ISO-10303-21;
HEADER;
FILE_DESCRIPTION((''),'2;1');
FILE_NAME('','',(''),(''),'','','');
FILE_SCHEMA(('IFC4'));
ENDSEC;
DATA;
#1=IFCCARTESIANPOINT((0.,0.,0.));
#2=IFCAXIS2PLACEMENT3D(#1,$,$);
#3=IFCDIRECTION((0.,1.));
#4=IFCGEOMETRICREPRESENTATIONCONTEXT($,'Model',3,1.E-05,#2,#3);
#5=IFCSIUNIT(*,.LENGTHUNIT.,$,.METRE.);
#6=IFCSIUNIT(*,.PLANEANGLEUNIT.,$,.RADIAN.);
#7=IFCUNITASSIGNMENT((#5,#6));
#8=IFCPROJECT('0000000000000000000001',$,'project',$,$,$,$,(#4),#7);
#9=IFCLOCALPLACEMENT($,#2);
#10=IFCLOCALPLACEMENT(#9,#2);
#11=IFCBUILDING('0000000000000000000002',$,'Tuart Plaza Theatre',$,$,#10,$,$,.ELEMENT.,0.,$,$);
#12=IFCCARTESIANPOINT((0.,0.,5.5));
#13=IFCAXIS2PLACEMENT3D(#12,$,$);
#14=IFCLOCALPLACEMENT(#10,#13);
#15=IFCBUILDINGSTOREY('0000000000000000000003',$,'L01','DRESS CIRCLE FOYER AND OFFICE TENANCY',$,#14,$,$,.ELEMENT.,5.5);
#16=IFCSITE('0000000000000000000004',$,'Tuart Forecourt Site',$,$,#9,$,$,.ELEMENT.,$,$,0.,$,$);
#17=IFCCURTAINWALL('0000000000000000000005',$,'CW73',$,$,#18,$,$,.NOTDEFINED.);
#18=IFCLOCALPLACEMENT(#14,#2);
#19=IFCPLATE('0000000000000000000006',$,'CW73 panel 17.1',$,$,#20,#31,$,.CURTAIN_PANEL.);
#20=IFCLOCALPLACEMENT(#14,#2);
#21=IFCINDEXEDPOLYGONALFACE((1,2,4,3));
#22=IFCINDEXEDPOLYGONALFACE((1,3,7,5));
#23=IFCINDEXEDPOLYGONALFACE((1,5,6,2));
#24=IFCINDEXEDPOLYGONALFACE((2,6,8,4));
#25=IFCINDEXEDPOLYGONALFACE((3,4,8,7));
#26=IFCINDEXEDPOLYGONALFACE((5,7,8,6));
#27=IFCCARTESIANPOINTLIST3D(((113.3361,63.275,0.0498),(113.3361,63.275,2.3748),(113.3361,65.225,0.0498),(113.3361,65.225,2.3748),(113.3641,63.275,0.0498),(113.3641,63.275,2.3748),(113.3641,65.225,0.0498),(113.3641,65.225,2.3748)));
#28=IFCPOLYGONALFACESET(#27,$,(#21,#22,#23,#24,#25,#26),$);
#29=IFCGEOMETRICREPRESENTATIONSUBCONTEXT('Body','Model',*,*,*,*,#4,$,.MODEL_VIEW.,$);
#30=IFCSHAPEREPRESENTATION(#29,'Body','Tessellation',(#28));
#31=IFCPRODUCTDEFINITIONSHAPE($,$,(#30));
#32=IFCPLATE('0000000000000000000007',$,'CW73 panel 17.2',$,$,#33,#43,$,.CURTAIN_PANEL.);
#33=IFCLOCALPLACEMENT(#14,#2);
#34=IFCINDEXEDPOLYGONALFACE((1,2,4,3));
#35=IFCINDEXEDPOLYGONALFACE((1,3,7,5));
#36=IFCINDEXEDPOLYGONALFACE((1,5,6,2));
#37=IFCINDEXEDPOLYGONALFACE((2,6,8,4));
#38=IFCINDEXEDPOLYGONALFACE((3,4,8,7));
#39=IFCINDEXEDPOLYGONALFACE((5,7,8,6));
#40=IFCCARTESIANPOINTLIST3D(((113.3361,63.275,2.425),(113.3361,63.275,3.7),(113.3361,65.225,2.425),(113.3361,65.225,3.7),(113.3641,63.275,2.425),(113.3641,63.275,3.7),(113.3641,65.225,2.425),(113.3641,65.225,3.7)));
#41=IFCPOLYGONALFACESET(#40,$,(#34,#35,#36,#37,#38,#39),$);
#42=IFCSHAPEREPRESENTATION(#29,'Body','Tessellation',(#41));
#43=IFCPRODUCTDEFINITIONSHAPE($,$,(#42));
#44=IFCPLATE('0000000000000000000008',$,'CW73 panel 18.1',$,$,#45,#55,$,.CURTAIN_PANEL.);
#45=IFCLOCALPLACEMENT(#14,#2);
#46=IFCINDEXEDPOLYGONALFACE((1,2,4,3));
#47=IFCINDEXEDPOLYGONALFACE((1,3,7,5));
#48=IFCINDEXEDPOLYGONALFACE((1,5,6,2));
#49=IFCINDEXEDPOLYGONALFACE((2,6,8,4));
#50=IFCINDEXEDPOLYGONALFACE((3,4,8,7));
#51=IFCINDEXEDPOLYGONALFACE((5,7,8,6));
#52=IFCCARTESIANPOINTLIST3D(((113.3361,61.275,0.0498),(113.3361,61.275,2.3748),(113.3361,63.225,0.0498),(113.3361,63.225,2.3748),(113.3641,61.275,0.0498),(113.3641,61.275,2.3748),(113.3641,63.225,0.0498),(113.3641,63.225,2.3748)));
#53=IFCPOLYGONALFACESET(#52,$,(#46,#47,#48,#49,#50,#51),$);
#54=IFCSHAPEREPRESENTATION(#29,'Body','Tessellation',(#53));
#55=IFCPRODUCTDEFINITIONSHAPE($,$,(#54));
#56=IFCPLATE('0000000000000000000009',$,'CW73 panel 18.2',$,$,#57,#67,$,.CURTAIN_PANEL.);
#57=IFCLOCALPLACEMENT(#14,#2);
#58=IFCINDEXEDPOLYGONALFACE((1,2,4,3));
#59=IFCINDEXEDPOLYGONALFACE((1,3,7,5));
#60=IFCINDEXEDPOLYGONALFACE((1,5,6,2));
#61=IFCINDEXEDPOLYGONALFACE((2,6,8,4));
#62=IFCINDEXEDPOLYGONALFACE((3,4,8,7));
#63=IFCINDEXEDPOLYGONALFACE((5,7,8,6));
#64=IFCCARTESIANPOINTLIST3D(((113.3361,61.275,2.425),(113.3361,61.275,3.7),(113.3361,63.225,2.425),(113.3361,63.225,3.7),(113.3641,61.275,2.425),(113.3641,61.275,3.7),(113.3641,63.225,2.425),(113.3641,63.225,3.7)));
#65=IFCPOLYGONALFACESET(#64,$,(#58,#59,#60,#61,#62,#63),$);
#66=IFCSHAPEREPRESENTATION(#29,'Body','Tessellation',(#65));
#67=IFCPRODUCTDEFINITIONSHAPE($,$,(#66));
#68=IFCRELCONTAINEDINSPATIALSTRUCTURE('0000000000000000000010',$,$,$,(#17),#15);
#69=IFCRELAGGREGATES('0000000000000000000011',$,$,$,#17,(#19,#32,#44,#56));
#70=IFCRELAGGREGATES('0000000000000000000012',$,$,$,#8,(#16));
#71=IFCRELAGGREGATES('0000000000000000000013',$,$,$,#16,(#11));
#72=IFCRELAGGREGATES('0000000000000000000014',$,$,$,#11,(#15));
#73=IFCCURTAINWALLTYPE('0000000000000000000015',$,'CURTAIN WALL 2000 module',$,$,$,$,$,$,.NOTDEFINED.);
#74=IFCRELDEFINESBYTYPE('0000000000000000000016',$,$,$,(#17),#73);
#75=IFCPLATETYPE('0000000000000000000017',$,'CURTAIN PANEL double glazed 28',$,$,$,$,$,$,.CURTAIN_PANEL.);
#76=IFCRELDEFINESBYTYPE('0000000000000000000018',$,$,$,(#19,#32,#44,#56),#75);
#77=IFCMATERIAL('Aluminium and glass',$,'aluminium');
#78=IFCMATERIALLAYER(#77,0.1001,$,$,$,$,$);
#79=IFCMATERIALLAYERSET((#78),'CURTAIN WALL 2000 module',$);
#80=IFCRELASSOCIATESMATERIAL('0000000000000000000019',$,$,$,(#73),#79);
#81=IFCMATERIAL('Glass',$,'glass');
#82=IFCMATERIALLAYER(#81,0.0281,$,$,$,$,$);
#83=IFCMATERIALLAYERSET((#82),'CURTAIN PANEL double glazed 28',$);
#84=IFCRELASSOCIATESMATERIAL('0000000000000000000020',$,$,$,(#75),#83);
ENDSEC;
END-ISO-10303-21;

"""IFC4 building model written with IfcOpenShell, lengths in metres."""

from ifc_helpers import new_model, si_unit, direction, frame, origin, origin_2d, place, context, subcontext, project, spatial, rectangle, extrude, material, layer, layer_set, type_object, element, aggregate, save


model = new_model("IFC4")

# Units and contexts
model_context = context("Model", 3, precision=1e-05, world=origin(), true_north=direction((0.0, 1.0)))
body_context = subcontext(model_context, "Body", "Model", "MODEL_VIEW")
ifc_project = project(units=[si_unit("LENGTHUNIT", "METRE"), si_unit("PLANEANGLEUNIT", "RADIAN")], contexts=[model_context])

# Site, building, storey
site_placement = place(None, origin())
site = spatial("IfcSite", under=ifc_project, at=site_placement, Name="Tuart Forecourt Site", CompositionType="ELEMENT", RefElevation=0.0)
building_placement = place(site_placement, origin())
building = spatial("IfcBuilding", under=site, at=building_placement, Name="Tuart Plaza Theatre", CompositionType="ELEMENT", ElevationOfRefHeight=0.0)
storey_placement = place(building_placement, frame((0.0, 0.0, 5.5)))
storey = spatial("IfcBuildingStorey", under=building, at=storey_placement, Name="L01", Description="DRESS CIRCLE FOYER AND OFFICE TENANCY", CompositionType="ELEMENT", Elevation=5.5)

# Curtain wall, plates
ifc_material_1 = material(Name="Aluminium and glass", Category="aluminium")
ifc_layer_1 = layer(ifc_material_1, 0.1001)
ifc_layer_set_1 = layer_set([ifc_layer_1], Name="CURTAIN WALL 2000 module")
curtain_wall_type = type_object("IfcCurtainWallType", Name="CURTAIN WALL 2000 module", PredefinedType="NOTDEFINED", material=ifc_layer_set_1)
curtain_wall_placement = place(storey_placement, origin())
curtain_wall = element("IfcCurtainWall", 1, at=curtain_wall_placement, inside=storey, type_object=curtain_wall_type, Name="CW73", PredefinedType="NOTDEFINED")
ifc_material_2 = material(Name="Glass", Category="glass")
ifc_layer_2 = layer(ifc_material_2, 0.0281)
ifc_layer_set_2 = layer_set([ifc_layer_2], Name="CURTAIN PANEL double glazed 28")
plate_type = type_object("IfcPlateType", Name="CURTAIN PANEL double glazed 28", PredefinedType="CURTAIN_PANEL", material=ifc_layer_set_2)
plate_1_placement = place(storey_placement, frame((113.3501, 64.25, 0.0498), z_axis=(0.0, 0.0, 1.0), x_axis=(0.0, -1.0, 0.0)))
plate_1 = element("IfcPlate", 2, at=plate_1_placement, type_object=plate_type, Name="CW73 panel 17.1", PredefinedType="CURTAIN_PANEL", context=body_context, shape_type="SweptSolid", body=[
    extrude(rectangle(XDim=1.95, YDim=0.0281, at=origin_2d()), origin(), (0.0, 0.0, 1.0), 2.325),
])
plate_2_placement = place(storey_placement, frame((113.3501, 64.25, 2.425), z_axis=(0.0, 0.0, 1.0), x_axis=(0.0, -1.0, 0.0)))
plate_2 = element("IfcPlate", 3, at=plate_2_placement, type_object=plate_type, Name="CW73 panel 17.2", PredefinedType="CURTAIN_PANEL", context=body_context, shape_type="SweptSolid", body=[
    extrude(rectangle(XDim=1.95, YDim=0.0281, at=origin_2d()), origin(), (0.0, 0.0, 1.0), 1.2749),
])
plate_3_placement = place(storey_placement, frame((113.3501, 62.25, 0.0498), z_axis=(0.0, 0.0, 1.0), x_axis=(0.0, -1.0, 0.0)))
plate_3 = element("IfcPlate", 4, at=plate_3_placement, type_object=plate_type, Name="CW73 panel 18.1", PredefinedType="CURTAIN_PANEL", context=body_context, shape_type="SweptSolid", body=[
    extrude(rectangle(XDim=1.95, YDim=0.0281, at=origin_2d()), origin(), (0.0, 0.0, 1.0), 2.325),
])
plate_4_placement = place(storey_placement, frame((113.3501, 62.25, 2.425), z_axis=(0.0, 0.0, 1.0), x_axis=(0.0, -1.0, 0.0)))
plate_4 = element("IfcPlate", 5, at=plate_4_placement, type_object=plate_type, Name="CW73 panel 18.2", PredefinedType="CURTAIN_PANEL", context=body_context, shape_type="SweptSolid", body=[
    extrude(rectangle(XDim=1.95, YDim=0.0281, at=origin_2d()), origin(), (0.0, 0.0, 1.0), 1.2749),
])
aggregate(curtain_wall, [plate_1, plate_2, plate_3, plate_4])

save(model, "model.ifc")
